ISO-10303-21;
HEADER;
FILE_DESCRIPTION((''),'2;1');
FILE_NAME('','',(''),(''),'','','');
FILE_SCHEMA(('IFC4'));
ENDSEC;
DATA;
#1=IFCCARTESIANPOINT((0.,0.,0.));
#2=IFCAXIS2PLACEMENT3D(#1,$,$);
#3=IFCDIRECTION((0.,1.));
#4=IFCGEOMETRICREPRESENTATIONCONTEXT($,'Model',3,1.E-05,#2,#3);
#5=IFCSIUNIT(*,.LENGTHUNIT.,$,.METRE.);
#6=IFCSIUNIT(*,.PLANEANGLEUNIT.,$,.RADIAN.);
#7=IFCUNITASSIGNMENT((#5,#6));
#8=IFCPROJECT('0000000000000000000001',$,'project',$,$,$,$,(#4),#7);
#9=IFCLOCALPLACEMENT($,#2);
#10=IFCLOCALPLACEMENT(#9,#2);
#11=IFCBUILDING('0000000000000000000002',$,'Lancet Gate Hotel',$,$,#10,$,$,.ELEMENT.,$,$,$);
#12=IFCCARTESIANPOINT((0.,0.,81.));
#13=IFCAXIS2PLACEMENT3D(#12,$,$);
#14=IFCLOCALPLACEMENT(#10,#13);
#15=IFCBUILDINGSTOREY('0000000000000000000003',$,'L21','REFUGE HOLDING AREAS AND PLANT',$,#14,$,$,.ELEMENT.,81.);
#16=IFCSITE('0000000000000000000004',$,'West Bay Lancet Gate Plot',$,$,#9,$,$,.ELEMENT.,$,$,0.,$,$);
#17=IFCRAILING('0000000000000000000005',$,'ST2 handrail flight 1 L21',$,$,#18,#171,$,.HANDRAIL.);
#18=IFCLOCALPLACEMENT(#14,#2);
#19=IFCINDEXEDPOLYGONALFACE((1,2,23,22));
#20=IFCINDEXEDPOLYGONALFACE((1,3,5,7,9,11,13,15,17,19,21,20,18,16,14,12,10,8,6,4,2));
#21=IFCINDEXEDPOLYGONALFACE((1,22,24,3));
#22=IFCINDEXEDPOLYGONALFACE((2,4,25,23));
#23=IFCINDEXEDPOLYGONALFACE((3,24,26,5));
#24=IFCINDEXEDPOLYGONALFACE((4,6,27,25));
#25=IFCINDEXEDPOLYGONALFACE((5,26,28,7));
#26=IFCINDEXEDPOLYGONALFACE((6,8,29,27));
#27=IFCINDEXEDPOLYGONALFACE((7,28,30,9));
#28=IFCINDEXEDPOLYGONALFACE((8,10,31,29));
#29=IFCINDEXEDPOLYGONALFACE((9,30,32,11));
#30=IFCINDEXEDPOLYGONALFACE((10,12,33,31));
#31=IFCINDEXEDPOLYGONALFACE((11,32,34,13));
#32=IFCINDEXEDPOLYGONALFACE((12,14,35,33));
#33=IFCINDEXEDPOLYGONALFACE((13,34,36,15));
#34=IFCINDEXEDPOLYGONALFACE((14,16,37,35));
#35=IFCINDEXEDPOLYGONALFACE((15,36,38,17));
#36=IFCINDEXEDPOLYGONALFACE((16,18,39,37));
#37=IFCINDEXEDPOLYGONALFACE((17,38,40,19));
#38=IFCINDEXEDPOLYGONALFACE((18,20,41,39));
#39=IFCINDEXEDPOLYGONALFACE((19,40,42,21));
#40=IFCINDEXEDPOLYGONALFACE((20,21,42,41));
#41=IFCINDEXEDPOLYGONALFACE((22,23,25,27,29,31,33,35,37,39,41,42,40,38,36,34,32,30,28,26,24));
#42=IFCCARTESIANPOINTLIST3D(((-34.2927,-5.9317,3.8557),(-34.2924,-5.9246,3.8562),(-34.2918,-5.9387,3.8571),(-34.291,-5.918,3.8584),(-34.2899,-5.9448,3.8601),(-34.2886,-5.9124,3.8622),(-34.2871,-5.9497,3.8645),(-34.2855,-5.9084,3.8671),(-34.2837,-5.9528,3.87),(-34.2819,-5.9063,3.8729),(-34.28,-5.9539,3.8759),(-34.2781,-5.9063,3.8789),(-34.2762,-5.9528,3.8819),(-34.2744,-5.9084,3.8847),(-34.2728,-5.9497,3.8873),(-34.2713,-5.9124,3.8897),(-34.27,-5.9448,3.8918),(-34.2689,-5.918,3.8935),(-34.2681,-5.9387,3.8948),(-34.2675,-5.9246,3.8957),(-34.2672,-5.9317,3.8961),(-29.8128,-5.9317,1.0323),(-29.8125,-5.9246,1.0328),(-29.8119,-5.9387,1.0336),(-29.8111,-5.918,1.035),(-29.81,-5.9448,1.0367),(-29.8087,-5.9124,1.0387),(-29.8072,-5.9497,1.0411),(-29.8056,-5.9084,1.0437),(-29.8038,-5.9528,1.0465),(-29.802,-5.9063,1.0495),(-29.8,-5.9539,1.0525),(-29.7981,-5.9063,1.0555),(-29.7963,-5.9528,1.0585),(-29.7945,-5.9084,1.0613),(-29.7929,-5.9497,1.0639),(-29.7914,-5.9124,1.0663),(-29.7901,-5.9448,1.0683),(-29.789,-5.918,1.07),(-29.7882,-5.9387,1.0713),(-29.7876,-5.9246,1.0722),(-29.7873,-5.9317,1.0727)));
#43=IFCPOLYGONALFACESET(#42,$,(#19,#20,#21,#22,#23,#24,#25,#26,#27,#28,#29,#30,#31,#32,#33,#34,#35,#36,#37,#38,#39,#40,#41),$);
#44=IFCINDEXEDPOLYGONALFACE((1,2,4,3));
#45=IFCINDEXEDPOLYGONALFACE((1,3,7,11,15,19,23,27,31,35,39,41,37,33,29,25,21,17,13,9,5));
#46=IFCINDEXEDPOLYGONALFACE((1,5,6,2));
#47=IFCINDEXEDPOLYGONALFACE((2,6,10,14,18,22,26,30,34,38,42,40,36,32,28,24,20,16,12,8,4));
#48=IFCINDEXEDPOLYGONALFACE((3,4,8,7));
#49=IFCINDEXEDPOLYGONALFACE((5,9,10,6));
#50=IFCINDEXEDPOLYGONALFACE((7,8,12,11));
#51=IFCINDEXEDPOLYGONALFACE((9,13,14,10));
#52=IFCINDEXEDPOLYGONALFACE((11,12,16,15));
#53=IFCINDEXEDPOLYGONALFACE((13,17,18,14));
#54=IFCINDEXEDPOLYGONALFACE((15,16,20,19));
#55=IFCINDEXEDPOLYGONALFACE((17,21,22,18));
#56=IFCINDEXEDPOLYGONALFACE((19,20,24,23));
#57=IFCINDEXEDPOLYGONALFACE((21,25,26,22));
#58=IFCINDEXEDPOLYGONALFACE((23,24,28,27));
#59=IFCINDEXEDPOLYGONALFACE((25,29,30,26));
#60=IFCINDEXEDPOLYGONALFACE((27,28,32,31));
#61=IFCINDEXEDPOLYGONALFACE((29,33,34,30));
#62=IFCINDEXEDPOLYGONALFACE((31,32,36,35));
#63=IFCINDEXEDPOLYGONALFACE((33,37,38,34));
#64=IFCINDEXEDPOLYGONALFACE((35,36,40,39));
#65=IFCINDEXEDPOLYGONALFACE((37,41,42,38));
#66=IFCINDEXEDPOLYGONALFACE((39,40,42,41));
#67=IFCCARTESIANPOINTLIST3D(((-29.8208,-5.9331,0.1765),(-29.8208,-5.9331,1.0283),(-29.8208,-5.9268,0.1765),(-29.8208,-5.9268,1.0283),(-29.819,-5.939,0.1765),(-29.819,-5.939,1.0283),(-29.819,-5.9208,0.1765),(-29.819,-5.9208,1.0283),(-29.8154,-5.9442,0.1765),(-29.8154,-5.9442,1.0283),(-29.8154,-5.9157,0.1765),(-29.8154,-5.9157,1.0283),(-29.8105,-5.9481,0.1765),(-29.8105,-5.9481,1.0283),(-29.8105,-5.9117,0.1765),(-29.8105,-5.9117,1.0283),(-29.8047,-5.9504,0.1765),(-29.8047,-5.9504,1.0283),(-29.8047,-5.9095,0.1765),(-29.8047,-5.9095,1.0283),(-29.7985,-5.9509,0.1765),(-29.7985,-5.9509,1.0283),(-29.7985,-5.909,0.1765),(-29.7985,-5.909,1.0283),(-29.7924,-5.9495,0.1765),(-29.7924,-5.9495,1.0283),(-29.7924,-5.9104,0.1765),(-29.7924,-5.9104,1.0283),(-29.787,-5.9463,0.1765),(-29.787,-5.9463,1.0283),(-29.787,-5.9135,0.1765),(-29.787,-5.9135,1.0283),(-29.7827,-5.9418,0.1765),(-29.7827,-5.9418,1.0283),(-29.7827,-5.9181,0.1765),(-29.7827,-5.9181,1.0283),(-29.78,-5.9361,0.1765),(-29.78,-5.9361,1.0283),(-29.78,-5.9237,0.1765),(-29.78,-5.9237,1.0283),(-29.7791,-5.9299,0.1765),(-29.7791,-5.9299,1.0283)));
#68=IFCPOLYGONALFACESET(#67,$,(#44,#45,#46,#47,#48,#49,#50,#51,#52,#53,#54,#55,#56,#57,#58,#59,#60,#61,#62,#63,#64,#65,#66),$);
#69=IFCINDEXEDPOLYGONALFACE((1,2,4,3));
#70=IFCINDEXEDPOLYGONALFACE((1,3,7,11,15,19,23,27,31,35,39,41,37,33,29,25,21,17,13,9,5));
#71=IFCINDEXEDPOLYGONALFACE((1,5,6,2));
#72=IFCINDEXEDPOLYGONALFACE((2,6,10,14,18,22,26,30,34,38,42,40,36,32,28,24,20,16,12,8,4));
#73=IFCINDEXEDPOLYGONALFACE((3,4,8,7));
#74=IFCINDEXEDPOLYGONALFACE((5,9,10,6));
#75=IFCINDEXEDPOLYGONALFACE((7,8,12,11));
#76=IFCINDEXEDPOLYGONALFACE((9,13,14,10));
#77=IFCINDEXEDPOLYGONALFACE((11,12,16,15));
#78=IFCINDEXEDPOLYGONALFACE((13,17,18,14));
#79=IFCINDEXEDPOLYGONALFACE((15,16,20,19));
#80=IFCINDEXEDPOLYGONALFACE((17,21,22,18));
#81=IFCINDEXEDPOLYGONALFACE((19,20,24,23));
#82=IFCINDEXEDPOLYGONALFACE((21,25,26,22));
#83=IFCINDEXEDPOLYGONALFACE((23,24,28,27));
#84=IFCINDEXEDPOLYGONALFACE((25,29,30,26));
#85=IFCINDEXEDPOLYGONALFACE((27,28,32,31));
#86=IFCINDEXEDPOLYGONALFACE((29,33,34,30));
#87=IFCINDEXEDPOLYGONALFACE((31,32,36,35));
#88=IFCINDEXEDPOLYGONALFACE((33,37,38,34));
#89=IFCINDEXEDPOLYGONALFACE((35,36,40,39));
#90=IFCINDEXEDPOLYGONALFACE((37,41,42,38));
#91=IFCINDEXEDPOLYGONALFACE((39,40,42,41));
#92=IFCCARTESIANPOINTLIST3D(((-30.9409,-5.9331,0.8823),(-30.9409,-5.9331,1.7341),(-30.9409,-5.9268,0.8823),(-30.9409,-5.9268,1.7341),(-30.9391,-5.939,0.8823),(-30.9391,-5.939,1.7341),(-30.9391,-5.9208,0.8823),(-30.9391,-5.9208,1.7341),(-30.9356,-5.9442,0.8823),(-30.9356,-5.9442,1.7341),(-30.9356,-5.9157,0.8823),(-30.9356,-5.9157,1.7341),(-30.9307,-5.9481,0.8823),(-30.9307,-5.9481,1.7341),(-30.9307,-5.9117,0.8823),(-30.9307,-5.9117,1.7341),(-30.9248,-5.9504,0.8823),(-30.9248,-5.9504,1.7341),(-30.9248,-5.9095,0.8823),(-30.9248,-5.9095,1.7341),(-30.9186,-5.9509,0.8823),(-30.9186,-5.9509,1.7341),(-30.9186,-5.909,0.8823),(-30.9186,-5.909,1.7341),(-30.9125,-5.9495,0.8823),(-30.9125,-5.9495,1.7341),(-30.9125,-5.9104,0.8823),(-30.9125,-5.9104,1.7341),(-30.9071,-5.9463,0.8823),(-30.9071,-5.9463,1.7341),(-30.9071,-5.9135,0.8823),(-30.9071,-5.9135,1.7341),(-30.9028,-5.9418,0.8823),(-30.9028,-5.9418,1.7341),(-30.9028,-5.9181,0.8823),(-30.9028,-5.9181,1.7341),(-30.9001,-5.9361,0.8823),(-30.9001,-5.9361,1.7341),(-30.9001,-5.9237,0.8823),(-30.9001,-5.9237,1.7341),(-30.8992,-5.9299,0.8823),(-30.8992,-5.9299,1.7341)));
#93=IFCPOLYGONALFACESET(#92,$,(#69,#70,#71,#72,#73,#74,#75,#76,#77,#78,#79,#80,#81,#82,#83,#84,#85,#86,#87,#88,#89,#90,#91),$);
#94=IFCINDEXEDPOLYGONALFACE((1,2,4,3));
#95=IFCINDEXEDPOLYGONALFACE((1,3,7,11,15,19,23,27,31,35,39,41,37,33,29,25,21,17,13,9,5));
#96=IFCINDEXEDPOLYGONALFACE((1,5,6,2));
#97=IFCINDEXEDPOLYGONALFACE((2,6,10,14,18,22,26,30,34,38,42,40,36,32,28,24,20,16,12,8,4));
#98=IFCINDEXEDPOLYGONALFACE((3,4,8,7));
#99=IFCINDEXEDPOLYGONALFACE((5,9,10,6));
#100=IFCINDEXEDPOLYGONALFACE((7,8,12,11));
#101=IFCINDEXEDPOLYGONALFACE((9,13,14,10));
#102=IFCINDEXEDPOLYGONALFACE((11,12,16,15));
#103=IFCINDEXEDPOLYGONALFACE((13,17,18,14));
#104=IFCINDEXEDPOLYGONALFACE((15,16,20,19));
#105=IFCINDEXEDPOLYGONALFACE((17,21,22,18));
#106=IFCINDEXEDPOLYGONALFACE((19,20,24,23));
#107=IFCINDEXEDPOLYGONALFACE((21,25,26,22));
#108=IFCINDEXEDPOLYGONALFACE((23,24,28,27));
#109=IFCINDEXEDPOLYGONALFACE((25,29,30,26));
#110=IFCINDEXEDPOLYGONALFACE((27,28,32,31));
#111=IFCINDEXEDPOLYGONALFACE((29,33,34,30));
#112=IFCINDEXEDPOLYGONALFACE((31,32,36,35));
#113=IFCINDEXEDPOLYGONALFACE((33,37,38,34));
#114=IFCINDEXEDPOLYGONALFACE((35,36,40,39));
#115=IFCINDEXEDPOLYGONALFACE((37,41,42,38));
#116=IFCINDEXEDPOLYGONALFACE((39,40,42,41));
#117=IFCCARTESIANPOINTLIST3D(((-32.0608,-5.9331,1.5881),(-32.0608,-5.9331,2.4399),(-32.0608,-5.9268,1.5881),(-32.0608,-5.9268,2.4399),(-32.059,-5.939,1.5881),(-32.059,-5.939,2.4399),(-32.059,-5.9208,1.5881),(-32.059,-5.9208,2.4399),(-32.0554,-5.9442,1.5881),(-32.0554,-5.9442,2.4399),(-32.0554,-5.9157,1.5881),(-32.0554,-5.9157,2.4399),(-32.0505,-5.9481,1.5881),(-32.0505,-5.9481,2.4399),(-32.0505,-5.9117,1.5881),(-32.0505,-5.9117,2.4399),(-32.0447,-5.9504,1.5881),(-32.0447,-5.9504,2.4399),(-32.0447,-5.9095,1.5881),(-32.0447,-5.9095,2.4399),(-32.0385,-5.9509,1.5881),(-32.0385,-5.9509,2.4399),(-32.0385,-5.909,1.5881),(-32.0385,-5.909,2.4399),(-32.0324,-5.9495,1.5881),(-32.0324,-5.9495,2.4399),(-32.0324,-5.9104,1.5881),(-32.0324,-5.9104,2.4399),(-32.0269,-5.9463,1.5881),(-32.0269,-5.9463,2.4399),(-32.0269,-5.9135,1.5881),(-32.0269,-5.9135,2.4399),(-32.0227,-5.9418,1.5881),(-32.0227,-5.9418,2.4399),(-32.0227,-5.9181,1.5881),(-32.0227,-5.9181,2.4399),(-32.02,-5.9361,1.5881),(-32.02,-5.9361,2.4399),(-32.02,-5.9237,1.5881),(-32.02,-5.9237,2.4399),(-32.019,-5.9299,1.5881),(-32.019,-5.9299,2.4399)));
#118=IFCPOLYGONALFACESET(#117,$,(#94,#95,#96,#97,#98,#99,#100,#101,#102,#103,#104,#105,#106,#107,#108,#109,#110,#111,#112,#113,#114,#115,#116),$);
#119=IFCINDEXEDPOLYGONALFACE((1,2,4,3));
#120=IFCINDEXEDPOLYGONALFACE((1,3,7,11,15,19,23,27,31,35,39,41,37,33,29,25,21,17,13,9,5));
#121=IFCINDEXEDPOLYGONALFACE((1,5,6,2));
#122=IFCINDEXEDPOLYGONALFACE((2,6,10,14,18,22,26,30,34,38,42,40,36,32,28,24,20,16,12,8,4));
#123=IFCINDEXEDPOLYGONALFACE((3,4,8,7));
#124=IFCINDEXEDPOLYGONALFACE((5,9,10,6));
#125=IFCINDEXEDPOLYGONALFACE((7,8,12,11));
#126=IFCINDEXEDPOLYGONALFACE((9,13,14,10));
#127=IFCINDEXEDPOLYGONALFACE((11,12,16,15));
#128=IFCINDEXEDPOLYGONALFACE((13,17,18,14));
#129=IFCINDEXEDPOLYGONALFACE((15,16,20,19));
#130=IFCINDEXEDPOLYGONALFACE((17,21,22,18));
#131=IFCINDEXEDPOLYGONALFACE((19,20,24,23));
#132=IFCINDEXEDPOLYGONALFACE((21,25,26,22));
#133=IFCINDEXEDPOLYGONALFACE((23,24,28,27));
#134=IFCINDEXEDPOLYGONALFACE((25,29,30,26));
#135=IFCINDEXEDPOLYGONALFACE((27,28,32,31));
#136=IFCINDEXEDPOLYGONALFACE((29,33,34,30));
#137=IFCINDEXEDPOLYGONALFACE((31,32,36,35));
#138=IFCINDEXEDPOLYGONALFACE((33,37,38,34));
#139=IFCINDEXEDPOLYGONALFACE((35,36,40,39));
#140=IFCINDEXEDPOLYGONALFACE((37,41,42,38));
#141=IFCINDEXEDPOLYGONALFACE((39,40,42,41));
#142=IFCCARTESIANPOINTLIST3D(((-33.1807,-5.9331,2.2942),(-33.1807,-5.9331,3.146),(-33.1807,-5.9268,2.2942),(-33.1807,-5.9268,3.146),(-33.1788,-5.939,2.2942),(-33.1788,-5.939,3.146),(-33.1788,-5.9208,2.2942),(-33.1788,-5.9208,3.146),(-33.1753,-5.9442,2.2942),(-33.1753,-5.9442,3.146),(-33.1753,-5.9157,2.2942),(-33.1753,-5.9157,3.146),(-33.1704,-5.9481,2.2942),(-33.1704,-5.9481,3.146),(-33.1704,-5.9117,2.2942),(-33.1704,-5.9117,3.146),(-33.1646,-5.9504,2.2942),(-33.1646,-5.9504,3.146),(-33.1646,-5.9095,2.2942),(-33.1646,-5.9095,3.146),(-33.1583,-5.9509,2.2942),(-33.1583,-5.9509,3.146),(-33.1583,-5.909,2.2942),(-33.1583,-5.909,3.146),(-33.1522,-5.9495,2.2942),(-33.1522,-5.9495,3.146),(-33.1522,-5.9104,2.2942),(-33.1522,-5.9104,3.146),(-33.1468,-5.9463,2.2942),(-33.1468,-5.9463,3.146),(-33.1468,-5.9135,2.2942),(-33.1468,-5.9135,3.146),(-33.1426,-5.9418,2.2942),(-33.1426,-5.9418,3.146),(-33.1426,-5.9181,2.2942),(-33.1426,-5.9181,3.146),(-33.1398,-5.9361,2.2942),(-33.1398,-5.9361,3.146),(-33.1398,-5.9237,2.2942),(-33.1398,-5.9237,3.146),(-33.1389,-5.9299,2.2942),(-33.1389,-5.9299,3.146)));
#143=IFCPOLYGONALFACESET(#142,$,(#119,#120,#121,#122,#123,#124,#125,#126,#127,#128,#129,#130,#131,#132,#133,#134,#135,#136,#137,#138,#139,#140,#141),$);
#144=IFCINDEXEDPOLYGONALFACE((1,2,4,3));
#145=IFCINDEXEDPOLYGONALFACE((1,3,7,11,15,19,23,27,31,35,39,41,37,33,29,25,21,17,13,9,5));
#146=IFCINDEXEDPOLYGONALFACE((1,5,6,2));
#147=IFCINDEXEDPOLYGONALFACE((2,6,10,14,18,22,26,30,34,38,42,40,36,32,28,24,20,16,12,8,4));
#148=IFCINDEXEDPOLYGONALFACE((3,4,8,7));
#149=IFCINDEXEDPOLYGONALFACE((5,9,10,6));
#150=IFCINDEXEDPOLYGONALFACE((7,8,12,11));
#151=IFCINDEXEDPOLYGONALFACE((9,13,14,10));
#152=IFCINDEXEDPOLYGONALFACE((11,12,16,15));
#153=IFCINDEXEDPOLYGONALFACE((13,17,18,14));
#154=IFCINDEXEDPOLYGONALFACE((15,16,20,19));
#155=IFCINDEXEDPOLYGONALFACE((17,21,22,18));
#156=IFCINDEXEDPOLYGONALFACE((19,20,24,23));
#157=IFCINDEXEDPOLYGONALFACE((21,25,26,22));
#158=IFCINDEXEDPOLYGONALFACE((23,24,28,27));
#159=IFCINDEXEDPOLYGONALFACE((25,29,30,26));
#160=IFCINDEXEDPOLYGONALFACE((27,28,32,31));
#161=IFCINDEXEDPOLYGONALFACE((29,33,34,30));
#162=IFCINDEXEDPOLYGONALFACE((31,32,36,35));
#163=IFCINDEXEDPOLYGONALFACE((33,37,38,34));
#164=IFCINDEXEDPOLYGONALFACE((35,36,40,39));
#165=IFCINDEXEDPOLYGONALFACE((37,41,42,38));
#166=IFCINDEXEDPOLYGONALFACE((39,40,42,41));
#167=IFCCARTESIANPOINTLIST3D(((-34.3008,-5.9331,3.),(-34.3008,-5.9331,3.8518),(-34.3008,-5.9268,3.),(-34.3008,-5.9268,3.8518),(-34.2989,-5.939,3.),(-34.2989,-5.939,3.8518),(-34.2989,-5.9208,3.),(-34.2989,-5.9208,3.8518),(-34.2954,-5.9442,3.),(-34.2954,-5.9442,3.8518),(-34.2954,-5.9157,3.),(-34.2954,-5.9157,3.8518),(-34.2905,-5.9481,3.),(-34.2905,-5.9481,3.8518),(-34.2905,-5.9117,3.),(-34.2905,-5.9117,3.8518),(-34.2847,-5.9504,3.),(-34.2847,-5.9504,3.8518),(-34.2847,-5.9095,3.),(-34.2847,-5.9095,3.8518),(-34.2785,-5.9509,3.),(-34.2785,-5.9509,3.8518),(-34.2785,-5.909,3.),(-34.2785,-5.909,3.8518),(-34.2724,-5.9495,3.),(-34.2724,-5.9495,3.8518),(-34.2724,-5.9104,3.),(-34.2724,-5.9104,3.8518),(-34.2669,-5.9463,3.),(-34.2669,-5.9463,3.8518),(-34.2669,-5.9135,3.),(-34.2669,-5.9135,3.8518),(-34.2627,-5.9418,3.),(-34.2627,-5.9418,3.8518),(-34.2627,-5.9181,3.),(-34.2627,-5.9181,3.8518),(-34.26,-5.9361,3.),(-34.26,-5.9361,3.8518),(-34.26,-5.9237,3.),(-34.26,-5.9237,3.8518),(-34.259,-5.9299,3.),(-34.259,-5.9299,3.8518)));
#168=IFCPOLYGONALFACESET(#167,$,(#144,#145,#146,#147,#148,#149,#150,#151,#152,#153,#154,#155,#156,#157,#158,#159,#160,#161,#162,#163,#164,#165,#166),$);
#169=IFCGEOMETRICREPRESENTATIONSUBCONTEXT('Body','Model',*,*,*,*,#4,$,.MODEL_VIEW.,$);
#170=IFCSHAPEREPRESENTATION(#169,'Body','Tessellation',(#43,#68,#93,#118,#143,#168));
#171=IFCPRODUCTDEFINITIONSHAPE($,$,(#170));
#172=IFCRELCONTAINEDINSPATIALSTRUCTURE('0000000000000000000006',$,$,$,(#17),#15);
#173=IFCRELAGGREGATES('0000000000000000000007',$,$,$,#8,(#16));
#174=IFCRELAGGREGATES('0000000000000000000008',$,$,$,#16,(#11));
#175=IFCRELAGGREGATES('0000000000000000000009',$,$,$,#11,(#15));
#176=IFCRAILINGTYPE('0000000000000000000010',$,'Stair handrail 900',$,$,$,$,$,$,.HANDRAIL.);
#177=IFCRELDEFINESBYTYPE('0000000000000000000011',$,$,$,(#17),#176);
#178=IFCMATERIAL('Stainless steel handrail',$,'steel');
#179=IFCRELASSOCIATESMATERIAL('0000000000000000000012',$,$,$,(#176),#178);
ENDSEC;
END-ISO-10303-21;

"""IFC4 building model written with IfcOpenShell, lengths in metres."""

from ifc_helpers import new_model, si_unit, direction, frame, origin, origin_2d, place, context, subcontext, project, spatial, circle, extrude, material, type_object, element, save


model = new_model("IFC4")

# Units and contexts
model_context = context("Model", 3, precision=1e-05, world=origin(), true_north=direction((0.0, 1.0)))
body_context = subcontext(model_context, "Body", "Model", "MODEL_VIEW")
ifc_project = project(units=[si_unit("LENGTHUNIT", "METRE"), si_unit("PLANEANGLEUNIT", "RADIAN")], contexts=[model_context])

# Site, building, storey
site_placement = place(None, origin())
site = spatial("IfcSite", under=ifc_project, at=site_placement, Name="West Bay Lancet Gate Plot", CompositionType="ELEMENT", RefElevation=0.0)
building_placement = place(site_placement, origin())
building = spatial("IfcBuilding", under=site, at=building_placement, Name="Lancet Gate Hotel", CompositionType="ELEMENT")
storey_placement = place(building_placement, frame((0.0, 0.0, 81.0)))
storey = spatial("IfcBuildingStorey", under=building, at=storey_placement, Name="L21", Description="REFUGE HOLDING AREAS AND PLANT", CompositionType="ELEMENT", Elevation=81.0)

# Railing
ifc_material_1 = material(Name="Stainless steel handrail", Category="steel")
railing_type = type_object("IfcRailingType", Name="Stair handrail 900", PredefinedType="HANDRAIL", material=ifc_material_1)
railing_1_placement = place(storey_placement, frame((-29.8, -5.9299, 0.1765)))
element("IfcRailing", 1, at=railing_1_placement, inside=storey, type_object=railing_type, Name="ST2 handrail flight 1 L21", PredefinedType="HANDRAIL", context=body_context, shape_type="SweptSolid", body=[
    extrude(circle(Radius=0.0239, at=origin_2d()), frame((0.0, 0.0, 0.876), z_axis=(-0.845998, 0.0, 0.533186), x_axis=(0.0, -1.0, 0.0)), (0.0, 0.0, 1.0), 5.2954),
    extrude(circle(Radius=0.021, at=origin_2d()), origin(), (0.0, 0.0, 1.0), 0.8518),
    extrude(circle(Radius=0.021, at=origin_2d()), frame((-1.1201, 0.0, 0.7058)), (0.0, 0.0, 1.0), 0.8518),
    extrude(circle(Radius=0.021, at=origin_2d()), frame((-2.24, 0.0, 1.4116)), (0.0, 0.0, 1.0), 0.8518),
    extrude(circle(Radius=0.021, at=origin_2d()), frame((-3.3599, 0.0, 2.1177)), (0.0, 0.0, 1.0), 0.8518),
    extrude(circle(Radius=0.021, at=origin_2d()), frame((-4.48, 0.0, 2.8235)), (0.0, 0.0, 1.0), 0.8518),
])

save(model, "model.ifc")
